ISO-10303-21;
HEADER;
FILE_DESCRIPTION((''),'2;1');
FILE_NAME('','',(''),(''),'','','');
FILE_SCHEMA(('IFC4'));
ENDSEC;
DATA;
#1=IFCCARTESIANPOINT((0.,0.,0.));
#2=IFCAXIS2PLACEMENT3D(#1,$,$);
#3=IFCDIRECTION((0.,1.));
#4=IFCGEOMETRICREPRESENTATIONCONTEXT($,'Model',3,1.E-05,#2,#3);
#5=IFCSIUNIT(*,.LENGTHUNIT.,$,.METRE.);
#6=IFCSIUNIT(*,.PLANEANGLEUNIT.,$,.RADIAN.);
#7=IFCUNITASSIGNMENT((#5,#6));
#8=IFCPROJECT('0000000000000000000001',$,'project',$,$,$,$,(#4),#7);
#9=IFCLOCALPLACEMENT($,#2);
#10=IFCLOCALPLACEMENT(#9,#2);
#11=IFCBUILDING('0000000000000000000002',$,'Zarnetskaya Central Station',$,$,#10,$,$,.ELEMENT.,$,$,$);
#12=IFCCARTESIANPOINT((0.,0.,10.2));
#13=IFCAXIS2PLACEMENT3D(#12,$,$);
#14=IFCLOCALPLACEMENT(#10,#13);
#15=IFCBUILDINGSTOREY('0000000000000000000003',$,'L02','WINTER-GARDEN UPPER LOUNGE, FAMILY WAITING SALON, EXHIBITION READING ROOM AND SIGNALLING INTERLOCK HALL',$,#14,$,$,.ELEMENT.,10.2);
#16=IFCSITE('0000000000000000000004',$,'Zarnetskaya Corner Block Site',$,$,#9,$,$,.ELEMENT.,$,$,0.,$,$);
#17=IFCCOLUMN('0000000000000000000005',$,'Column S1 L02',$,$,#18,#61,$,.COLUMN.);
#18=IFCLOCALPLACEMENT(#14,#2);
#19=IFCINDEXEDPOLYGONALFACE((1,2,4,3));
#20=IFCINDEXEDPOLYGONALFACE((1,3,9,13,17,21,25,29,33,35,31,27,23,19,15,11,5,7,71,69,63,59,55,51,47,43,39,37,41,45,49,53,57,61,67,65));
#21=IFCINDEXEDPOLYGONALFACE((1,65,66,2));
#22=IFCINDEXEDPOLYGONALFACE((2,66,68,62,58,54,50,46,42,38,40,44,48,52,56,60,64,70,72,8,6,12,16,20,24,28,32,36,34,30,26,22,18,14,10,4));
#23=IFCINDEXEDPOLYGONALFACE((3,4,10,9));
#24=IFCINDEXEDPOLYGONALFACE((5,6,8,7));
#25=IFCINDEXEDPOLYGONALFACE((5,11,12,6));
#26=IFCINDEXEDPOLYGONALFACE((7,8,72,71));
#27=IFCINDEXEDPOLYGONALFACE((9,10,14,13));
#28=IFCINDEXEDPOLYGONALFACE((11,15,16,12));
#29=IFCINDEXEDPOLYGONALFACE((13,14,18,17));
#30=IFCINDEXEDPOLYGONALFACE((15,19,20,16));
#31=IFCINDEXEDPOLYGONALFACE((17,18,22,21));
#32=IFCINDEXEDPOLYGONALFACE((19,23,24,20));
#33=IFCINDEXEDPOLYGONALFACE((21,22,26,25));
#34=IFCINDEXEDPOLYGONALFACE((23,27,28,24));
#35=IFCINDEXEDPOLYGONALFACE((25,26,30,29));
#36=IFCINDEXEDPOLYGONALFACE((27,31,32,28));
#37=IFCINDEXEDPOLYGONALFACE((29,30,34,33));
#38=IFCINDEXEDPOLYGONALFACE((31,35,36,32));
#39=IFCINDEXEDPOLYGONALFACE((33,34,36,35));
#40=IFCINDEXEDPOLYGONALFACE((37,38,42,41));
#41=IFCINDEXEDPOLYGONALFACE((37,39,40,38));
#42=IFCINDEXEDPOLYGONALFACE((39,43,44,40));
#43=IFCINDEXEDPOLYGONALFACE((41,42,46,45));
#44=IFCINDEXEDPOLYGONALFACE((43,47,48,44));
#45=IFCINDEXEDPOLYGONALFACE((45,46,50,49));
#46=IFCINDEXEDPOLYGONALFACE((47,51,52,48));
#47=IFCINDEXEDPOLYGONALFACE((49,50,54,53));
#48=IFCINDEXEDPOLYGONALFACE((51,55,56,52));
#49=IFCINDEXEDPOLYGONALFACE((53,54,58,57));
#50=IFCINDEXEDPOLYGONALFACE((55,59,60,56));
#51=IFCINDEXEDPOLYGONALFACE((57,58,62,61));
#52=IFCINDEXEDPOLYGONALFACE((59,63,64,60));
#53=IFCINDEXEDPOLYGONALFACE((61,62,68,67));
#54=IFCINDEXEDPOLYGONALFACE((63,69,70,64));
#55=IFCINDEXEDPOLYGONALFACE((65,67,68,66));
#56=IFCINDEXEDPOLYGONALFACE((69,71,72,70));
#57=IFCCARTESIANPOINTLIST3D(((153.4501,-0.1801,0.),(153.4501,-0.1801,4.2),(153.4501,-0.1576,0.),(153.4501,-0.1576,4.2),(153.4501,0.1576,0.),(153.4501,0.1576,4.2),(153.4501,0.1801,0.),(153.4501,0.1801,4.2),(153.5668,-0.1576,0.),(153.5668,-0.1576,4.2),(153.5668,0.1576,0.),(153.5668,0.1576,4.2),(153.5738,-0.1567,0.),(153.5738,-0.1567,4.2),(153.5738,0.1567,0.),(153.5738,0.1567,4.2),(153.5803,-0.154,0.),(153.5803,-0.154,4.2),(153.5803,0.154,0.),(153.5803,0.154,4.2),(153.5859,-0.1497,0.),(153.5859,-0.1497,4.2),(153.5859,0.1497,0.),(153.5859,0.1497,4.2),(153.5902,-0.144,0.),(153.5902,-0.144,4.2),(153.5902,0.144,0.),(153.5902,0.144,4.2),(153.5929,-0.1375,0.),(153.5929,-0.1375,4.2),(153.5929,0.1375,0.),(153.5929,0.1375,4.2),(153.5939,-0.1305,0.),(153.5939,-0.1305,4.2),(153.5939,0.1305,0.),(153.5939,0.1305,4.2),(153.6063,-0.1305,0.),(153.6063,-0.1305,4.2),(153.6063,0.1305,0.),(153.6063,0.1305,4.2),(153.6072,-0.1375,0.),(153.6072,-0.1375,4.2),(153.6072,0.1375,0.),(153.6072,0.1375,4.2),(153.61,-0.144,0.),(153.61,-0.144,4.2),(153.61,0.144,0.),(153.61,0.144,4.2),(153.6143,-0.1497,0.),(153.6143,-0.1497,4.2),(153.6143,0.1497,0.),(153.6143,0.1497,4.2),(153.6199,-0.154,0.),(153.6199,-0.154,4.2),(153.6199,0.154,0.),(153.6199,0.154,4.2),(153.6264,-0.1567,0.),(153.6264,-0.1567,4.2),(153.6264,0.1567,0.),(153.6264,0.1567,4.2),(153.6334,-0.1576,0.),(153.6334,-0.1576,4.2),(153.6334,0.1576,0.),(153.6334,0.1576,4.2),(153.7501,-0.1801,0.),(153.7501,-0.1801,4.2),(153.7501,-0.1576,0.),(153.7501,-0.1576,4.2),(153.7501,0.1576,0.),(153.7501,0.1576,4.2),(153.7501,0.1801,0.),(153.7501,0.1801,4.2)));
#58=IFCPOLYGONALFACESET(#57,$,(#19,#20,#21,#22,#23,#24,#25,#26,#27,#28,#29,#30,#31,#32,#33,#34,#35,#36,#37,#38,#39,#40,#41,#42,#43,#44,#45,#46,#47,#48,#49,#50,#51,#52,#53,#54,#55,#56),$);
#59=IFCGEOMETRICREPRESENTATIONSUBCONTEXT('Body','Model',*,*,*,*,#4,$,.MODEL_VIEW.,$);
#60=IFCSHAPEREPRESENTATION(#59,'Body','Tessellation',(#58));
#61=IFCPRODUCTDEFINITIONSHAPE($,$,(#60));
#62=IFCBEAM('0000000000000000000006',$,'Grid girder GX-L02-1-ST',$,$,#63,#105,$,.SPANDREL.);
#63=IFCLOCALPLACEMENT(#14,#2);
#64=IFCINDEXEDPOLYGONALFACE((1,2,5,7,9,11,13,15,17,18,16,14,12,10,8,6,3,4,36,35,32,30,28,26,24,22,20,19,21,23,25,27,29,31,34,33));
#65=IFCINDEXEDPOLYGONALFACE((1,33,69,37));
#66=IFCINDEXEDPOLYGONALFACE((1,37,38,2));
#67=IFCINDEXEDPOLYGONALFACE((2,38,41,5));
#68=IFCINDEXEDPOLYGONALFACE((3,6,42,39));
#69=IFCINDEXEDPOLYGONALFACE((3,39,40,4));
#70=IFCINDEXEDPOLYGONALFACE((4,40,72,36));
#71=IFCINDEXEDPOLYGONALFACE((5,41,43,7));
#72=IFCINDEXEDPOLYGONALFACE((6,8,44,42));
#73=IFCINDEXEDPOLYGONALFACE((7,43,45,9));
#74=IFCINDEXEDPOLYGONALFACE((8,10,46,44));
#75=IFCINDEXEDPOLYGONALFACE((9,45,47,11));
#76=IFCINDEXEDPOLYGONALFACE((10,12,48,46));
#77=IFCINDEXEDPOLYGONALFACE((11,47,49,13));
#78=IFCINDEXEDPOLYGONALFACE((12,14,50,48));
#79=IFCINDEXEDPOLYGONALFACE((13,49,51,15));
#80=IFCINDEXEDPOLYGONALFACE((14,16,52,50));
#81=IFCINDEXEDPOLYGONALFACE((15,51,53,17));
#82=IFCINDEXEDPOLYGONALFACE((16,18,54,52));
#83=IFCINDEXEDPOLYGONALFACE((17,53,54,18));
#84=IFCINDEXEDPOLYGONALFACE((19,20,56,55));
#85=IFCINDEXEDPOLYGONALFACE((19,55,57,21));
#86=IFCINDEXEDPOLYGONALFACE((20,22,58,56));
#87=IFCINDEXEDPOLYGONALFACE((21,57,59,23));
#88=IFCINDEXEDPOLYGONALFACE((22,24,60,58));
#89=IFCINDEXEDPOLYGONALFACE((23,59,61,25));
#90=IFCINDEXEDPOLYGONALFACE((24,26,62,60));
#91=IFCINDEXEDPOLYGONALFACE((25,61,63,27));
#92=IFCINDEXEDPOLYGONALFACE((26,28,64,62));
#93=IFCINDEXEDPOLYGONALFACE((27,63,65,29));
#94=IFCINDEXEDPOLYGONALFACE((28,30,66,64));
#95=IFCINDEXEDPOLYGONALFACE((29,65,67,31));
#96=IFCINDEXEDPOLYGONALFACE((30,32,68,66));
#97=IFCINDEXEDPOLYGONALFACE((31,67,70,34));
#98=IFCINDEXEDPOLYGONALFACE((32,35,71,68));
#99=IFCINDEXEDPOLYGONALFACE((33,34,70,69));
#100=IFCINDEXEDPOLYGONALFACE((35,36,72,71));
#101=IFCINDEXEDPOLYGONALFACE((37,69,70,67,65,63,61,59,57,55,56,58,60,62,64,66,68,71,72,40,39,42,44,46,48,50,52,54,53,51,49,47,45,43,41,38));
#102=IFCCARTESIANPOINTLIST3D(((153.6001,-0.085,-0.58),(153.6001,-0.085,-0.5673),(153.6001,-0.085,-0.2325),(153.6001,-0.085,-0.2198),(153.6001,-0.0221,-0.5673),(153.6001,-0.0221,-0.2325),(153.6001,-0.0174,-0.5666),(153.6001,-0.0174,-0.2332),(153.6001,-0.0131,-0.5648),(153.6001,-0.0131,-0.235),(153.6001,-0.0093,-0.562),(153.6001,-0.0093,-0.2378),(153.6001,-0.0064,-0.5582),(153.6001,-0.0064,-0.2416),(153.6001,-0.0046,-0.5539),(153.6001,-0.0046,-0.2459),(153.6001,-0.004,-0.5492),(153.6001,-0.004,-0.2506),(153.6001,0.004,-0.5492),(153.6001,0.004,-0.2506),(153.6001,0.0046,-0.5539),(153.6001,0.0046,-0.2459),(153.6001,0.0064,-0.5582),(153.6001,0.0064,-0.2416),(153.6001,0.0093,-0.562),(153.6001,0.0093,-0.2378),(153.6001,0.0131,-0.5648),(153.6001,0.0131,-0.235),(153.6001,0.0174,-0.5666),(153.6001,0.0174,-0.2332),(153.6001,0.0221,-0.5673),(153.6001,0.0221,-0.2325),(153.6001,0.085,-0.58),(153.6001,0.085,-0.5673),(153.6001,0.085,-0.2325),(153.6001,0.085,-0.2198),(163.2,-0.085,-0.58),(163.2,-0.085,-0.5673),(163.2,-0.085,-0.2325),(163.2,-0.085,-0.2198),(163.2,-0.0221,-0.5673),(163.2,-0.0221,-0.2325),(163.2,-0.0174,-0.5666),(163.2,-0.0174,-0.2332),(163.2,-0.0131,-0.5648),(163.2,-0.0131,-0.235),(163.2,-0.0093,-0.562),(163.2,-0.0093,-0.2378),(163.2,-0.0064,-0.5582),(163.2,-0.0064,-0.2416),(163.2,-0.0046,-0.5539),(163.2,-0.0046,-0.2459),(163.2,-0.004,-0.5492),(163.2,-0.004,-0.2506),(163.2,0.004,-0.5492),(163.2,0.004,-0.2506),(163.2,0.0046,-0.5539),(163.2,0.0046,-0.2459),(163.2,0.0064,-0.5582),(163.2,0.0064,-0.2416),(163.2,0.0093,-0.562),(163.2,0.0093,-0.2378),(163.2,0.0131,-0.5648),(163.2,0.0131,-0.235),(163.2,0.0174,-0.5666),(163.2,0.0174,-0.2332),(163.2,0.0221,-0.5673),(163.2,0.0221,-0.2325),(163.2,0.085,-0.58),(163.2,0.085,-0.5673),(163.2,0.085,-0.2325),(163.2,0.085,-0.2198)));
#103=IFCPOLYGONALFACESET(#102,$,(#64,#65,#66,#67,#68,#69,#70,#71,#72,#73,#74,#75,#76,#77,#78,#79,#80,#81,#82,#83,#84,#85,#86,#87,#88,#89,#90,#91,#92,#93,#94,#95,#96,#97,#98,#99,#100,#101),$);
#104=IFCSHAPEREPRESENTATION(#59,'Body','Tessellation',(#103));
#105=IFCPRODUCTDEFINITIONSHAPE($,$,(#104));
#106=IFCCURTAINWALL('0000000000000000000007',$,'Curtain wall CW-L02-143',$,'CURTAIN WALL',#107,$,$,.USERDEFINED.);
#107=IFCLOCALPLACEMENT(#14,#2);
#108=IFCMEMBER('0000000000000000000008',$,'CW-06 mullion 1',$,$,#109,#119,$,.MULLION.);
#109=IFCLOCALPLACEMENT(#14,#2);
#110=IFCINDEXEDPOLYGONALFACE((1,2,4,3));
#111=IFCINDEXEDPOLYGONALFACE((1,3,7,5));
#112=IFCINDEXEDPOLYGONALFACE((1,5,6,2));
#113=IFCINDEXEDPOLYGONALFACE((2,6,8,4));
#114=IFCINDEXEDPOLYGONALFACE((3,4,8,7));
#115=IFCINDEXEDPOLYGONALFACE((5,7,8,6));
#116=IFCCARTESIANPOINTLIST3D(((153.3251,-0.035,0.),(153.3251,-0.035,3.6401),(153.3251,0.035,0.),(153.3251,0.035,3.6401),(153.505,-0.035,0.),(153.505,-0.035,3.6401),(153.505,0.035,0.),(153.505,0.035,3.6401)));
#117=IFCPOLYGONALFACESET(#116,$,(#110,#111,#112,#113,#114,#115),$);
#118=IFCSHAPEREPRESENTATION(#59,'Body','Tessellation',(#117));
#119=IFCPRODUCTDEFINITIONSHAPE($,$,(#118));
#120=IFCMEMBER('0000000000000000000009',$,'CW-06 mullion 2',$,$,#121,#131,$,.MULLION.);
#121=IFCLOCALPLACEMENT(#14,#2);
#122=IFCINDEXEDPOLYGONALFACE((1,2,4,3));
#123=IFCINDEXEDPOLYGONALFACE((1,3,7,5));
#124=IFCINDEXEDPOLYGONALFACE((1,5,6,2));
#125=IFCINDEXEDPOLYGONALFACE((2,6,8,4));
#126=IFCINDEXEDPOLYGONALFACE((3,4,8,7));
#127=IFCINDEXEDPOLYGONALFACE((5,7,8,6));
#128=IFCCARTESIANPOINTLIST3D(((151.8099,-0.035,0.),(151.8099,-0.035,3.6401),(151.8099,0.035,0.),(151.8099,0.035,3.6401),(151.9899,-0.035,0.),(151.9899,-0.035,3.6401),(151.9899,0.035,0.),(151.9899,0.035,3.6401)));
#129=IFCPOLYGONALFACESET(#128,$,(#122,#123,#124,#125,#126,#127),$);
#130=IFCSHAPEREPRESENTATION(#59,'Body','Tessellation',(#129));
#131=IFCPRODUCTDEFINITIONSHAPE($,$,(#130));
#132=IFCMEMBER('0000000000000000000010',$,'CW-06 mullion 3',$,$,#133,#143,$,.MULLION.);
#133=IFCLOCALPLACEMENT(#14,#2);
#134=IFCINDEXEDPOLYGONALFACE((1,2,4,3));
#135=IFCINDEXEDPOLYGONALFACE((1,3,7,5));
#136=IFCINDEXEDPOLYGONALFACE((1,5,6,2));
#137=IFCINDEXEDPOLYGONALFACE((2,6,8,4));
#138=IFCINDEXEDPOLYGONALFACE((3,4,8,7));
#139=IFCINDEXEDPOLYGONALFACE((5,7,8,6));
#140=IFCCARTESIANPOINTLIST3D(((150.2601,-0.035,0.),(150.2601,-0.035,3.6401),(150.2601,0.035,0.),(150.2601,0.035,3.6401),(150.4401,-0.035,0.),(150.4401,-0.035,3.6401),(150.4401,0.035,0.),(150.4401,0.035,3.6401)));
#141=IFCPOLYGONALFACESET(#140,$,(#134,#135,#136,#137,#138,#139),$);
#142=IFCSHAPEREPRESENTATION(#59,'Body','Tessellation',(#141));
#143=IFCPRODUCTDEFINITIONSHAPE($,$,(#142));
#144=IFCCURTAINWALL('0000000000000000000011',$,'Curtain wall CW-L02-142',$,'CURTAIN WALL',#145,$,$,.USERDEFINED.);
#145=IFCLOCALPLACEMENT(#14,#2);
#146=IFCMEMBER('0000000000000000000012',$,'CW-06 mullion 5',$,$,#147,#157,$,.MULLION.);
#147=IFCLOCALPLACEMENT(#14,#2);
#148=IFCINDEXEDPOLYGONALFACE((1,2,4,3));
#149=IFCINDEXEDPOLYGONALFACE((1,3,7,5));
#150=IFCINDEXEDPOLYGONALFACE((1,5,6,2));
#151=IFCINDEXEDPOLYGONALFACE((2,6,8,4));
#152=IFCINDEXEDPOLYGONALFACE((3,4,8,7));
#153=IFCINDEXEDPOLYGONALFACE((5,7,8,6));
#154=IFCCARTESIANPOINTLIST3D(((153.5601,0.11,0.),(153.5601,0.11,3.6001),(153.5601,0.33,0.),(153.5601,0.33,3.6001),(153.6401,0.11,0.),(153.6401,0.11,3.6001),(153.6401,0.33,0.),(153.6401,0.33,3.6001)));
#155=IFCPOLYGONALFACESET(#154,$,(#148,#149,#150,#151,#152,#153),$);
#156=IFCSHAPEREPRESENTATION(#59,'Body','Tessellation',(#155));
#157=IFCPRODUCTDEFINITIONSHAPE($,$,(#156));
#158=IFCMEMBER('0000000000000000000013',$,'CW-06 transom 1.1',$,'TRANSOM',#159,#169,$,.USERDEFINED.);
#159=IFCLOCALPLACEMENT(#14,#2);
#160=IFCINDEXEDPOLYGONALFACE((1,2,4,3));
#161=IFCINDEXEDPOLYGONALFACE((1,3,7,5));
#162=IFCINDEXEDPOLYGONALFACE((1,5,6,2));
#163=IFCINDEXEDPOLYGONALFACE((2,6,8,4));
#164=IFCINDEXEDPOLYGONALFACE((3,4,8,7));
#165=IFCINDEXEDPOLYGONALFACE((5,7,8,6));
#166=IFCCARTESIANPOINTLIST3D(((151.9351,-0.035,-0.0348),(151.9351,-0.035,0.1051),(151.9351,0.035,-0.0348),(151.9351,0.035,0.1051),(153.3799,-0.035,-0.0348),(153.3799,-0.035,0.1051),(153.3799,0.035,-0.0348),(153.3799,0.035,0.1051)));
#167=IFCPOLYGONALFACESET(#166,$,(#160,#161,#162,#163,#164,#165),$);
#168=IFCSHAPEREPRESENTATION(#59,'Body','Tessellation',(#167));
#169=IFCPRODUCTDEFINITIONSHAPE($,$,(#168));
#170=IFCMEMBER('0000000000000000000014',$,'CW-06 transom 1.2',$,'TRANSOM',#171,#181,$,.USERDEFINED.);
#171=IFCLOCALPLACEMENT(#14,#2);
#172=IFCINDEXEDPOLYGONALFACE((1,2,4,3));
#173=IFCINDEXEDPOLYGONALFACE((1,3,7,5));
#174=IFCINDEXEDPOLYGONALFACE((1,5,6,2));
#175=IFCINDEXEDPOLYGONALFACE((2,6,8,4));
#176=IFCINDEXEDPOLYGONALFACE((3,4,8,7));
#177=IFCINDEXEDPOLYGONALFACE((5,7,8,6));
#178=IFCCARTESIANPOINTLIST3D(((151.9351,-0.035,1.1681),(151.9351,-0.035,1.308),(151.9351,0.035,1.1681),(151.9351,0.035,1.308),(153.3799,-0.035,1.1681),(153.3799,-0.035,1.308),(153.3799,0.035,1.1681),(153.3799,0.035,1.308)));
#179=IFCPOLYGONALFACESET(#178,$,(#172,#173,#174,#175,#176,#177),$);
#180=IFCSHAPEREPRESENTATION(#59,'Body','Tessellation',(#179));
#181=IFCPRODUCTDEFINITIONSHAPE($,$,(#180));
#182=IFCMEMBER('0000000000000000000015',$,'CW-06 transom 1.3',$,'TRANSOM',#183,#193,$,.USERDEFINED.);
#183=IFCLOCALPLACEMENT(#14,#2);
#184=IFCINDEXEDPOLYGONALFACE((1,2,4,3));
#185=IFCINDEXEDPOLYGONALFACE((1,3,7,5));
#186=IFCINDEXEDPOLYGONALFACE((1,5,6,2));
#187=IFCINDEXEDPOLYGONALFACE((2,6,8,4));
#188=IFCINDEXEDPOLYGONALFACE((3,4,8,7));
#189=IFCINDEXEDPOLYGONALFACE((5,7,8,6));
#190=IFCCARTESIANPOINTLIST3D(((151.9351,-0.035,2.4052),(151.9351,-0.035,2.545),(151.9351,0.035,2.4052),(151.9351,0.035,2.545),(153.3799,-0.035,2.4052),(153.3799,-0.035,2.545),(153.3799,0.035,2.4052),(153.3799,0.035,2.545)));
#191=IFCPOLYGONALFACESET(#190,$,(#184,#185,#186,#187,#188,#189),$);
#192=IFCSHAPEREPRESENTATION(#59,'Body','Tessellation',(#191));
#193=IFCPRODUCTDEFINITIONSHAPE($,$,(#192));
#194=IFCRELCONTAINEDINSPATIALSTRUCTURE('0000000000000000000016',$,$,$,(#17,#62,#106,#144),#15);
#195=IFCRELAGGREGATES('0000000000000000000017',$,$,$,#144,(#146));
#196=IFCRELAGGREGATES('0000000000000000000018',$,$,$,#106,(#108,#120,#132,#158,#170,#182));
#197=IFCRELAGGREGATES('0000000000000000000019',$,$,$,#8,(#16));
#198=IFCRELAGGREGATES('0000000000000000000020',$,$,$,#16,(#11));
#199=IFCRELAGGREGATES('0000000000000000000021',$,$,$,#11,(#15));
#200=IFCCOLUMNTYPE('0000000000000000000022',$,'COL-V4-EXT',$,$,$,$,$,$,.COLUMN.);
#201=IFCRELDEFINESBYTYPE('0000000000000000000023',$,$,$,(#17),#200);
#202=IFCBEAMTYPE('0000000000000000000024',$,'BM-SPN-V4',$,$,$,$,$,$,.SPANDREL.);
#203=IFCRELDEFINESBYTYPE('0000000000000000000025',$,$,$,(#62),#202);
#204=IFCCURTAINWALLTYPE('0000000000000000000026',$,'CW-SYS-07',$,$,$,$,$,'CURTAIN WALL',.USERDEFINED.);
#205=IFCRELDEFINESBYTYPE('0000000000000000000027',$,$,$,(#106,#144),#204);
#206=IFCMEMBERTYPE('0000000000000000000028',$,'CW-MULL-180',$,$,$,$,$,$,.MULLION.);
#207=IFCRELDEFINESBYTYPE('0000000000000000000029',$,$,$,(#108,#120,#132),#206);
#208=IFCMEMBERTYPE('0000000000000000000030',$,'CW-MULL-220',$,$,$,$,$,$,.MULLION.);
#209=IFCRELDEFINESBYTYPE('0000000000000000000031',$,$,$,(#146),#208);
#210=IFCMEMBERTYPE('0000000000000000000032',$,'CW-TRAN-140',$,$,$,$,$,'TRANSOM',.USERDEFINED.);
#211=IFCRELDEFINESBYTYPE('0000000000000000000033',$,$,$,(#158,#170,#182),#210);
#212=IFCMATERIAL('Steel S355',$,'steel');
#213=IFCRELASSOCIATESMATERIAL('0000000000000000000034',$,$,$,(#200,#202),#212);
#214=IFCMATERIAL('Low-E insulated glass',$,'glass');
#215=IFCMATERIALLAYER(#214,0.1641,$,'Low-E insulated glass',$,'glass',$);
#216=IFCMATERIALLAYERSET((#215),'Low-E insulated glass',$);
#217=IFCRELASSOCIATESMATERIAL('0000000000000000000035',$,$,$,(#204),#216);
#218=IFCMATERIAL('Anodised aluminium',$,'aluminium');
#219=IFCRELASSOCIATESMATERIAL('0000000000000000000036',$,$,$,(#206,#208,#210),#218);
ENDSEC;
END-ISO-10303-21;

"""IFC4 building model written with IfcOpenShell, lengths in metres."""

from ifc_helpers import new_model, si_unit, direction, frame, origin, origin_2d, place, context, subcontext, project, spatial, rectangle, i_section, extrude, material, layer, layer_set, material_profile, profile_set, type_object, element, aggregate, save


model = new_model("IFC4")

# Units and contexts
model_context = context("Model", 3, precision=1e-05, world=origin(), true_north=direction((0.0, 1.0)))
body_context = subcontext(model_context, "Body", "Model", "MODEL_VIEW")
ifc_project = project(units=[si_unit("LENGTHUNIT", "METRE"), si_unit("PLANEANGLEUNIT", "RADIAN")], contexts=[model_context])

# Site, building, storey
site_placement = place(None, origin())
site = spatial("IfcSite", under=ifc_project, at=site_placement, Name="Zarnetskaya Corner Block Site", CompositionType="ELEMENT", RefElevation=0.0)
building_placement = place(site_placement, origin())
building = spatial("IfcBuilding", under=site, at=building_placement, Name="Zarnetskaya Central Station", CompositionType="ELEMENT")
storey_placement = place(building_placement, frame((0.0, 0.0, 10.2)))
storey = spatial("IfcBuildingStorey", under=building, at=storey_placement, Name="L02", Description="WINTER-GARDEN UPPER LOUNGE, FAMILY WAITING SALON, EXHIBITION READING ROOM AND SIGNALLING INTERLOCK HALL", CompositionType="ELEMENT", Elevation=10.2)

# Column
ifc_material_1 = material(Name="Steel S355", Category="steel")
ifc_material_profile_1 = material_profile(ifc_material_1, i_section(OverallWidth=0.3, OverallDepth=0.3601, WebThickness=0.0125, FlangeThickness=0.0225, FilletRadius=0.0271, at=origin_2d()), Name="HEB 360")
ifc_profile_set_1 = profile_set([ifc_material_profile_1], Name="Steel S355")
column_type = type_object("IfcColumnType", Name="COL-V4-EXT", PredefinedType="COLUMN", material=ifc_profile_set_1)
column_placement = place(storey_placement, frame((153.6001, 0.0, 0.0), z_axis=(0.0, 0.0, 1.0), x_axis=(1.0, 0.0, 0.0)))
element("IfcColumn", 1, at=column_placement, inside=storey, type_object=column_type, Name="Column S1 L02", PredefinedType="COLUMN", context=body_context, shape_type="SweptSolid", body=[
    extrude(i_section(OverallWidth=0.3, OverallDepth=0.3601, WebThickness=0.0125, FlangeThickness=0.0225, FilletRadius=0.0271, at=origin_2d()), origin(), (0.0, 0.0, 1.0), 4.2),
])

# Beam
ifc_material_profile_2 = material_profile(ifc_material_1, i_section(OverallWidth=0.1699, OverallDepth=0.3601, WebThickness=0.0081, FlangeThickness=0.0127, FilletRadius=0.0181, at=origin_2d()), Name="IPE 360")
ifc_profile_set_2 = profile_set([ifc_material_profile_2], Name="Steel S355")
beam_type_1 = type_object("IfcBeamType", Name="BM-SPN-V4", PredefinedType="SPANDREL", material=ifc_profile_set_2)
beam_1_placement = place(storey_placement, frame((153.6001, 0.0, -0.3999), z_axis=(1.0, 0.0, 0.0), x_axis=(0.0, 1.0, 0.0)))
element("IfcBeam", 2, at=beam_1_placement, inside=storey, type_object=beam_type_1, Name="Grid girder GX-L02-1-ST", PredefinedType="SPANDREL", context=body_context, shape_type="SweptSolid", body=[
    extrude(i_section(OverallWidth=0.1699, OverallDepth=0.3601, WebThickness=0.0081, FlangeThickness=0.0127, FilletRadius=0.0181, at=origin_2d()), origin(), (0.0, 0.0, 1.0), 9.5999),
])

# Curtain wall, members
ifc_material_2 = material(Name="Low-E insulated glass", Category="glass")
ifc_layer_1 = layer(ifc_material_2, 0.1641, Name="Low-E insulated glass", Category="glass")
ifc_layer_set_1 = layer_set([ifc_layer_1], Name="Low-E insulated glass")
curtain_wall_type = type_object("IfcCurtainWallType", Name="CW-SYS-07", ElementType="CURTAIN WALL", PredefinedType="USERDEFINED", material=ifc_layer_set_1)
curtain_wall_1_placement = place(storey_placement, origin())
curtain_wall_1 = element("IfcCurtainWall", 3, at=curtain_wall_1_placement, inside=storey, type_object=curtain_wall_type, Name="Curtain wall CW-L02-143", ObjectType="CURTAIN WALL", PredefinedType="USERDEFINED")
ifc_material_3 = material(Name="Anodised aluminium", Category="aluminium")
ifc_material_profile_3 = material_profile(ifc_material_3, rectangle(XDim=0.0701, YDim=0.1799, at=origin_2d()), Name="ALU MULL 70x180")
ifc_profile_set_3 = profile_set([ifc_material_profile_3], Name="Anodised aluminium")
member_type_1 = type_object("IfcMemberType", Name="CW-MULL-180", PredefinedType="MULLION", material=ifc_profile_set_3)
member_1_placement = place(storey_placement, frame((153.415, 0.0, 0.0), z_axis=(0.0, 0.0, 1.0), x_axis=(0.0, -1.0, 0.0)))
member_1 = element("IfcMember", 4, at=member_1_placement, type_object=member_type_1, Name="CW-06 mullion 1", PredefinedType="MULLION", context=body_context, shape_type="SweptSolid", body=[
    extrude(rectangle(XDim=0.0701, YDim=0.1799, at=origin_2d()), origin(), (0.0, 0.0, 1.0), 3.6401),
])
member_2_placement = place(storey_placement, frame((151.8999, 0.0, 0.0), z_axis=(0.0, 0.0, 1.0), x_axis=(0.0, -1.0, 0.0)))
member_2 = element("IfcMember", 5, at=member_2_placement, type_object=member_type_1, Name="CW-06 mullion 2", PredefinedType="MULLION", context=body_context, shape_type="SweptSolid", body=[
    extrude(rectangle(XDim=0.0701, YDim=0.1799, at=origin_2d()), origin(), (0.0, 0.0, 1.0), 3.6401),
])
member_3_placement = place(storey_placement, frame((150.3501, 0.0, 0.0), z_axis=(0.0, 0.0, 1.0), x_axis=(0.0, -1.0, 0.0)))
member_3 = element("IfcMember", 6, at=member_3_placement, type_object=member_type_1, Name="CW-06 mullion 3", PredefinedType="MULLION", context=body_context, shape_type="SweptSolid", body=[
    extrude(rectangle(XDim=0.0701, YDim=0.1799, at=origin_2d()), origin(), (0.0, 0.0, 1.0), 3.6401),
])

# Curtain wall, member
curtain_wall_2_placement = place(storey_placement, origin())
curtain_wall_2 = element("IfcCurtainWall", 7, at=curtain_wall_2_placement, inside=storey, type_object=curtain_wall_type, Name="Curtain wall CW-L02-142", ObjectType="CURTAIN WALL", PredefinedType="USERDEFINED")
ifc_material_profile_4 = material_profile(ifc_material_3, rectangle(XDim=0.0801, YDim=0.22, at=origin_2d()), Name="ALU MULL 80x220")
ifc_profile_set_4 = profile_set([ifc_material_profile_4], Name="Anodised aluminium")
member_type_2 = type_object("IfcMemberType", Name="CW-MULL-220", PredefinedType="MULLION", material=ifc_profile_set_4)
member_4_placement = place(storey_placement, frame((153.6001, 0.22, 0.0), z_axis=(0.0, 0.0, 1.0), x_axis=(1.0, 0.0, 0.0)))
member_4 = element("IfcMember", 8, at=member_4_placement, type_object=member_type_2, Name="CW-06 mullion 5", PredefinedType="MULLION", context=body_context, shape_type="SweptSolid", body=[
    extrude(rectangle(XDim=0.0801, YDim=0.22, at=origin_2d()), origin(), (0.0, 0.0, 1.0), 3.6001),
])

# Members
ifc_material_profile_5 = material_profile(ifc_material_3, rectangle(XDim=0.0701, YDim=0.1399, at=origin_2d()), Name="ALU TRAN 70x140")
ifc_profile_set_5 = profile_set([ifc_material_profile_5], Name="Anodised aluminium")
member_type_3 = type_object("IfcMemberType", Name="CW-TRAN-140", ElementType="TRANSOM", PredefinedType="USERDEFINED", material=ifc_profile_set_5)
member_5_placement = place(storey_placement, frame((153.3799, 0.0, 0.0352), z_axis=(-1.0, 0.0, 0.0), x_axis=(0.0, -1.0, 0.0)))
member_5 = element("IfcMember", 9, at=member_5_placement, type_object=member_type_3, Name="CW-06 transom 1.1", ObjectType="TRANSOM", PredefinedType="USERDEFINED", context=body_context, shape_type="SweptSolid", body=[
    extrude(rectangle(XDim=0.0701, YDim=0.1399, at=origin_2d()), origin(), (0.0, 0.0, 1.0), 1.4448),
])
member_6_placement = place(storey_placement, frame((153.3799, 0.0, 1.238), z_axis=(-1.0, 0.0, 0.0), x_axis=(0.0, -1.0, 0.0)))
member_6 = element("IfcMember", 10, at=member_6_placement, type_object=member_type_3, Name="CW-06 transom 1.2", ObjectType="TRANSOM", PredefinedType="USERDEFINED", context=body_context, shape_type="SweptSolid", body=[
    extrude(rectangle(XDim=0.0701, YDim=0.1399, at=origin_2d()), origin(), (0.0, 0.0, 1.0), 1.4448),
])
member_7_placement = place(storey_placement, frame((153.3799, 0.0, 2.4751), z_axis=(-1.0, 0.0, 0.0), x_axis=(0.0, -1.0, 0.0)))
member_7 = element("IfcMember", 11, at=member_7_placement, type_object=member_type_3, Name="CW-06 transom 1.3", ObjectType="TRANSOM", PredefinedType="USERDEFINED", context=body_context, shape_type="SweptSolid", body=[
    extrude(rectangle(XDim=0.0701, YDim=0.1399, at=origin_2d()), origin(), (0.0, 0.0, 1.0), 1.4448),
])

aggregate(curtain_wall_2, [member_4])
aggregate(curtain_wall_1, [member_1, member_2, member_3, member_5, member_6, member_7])

save(model, "model.ifc")
